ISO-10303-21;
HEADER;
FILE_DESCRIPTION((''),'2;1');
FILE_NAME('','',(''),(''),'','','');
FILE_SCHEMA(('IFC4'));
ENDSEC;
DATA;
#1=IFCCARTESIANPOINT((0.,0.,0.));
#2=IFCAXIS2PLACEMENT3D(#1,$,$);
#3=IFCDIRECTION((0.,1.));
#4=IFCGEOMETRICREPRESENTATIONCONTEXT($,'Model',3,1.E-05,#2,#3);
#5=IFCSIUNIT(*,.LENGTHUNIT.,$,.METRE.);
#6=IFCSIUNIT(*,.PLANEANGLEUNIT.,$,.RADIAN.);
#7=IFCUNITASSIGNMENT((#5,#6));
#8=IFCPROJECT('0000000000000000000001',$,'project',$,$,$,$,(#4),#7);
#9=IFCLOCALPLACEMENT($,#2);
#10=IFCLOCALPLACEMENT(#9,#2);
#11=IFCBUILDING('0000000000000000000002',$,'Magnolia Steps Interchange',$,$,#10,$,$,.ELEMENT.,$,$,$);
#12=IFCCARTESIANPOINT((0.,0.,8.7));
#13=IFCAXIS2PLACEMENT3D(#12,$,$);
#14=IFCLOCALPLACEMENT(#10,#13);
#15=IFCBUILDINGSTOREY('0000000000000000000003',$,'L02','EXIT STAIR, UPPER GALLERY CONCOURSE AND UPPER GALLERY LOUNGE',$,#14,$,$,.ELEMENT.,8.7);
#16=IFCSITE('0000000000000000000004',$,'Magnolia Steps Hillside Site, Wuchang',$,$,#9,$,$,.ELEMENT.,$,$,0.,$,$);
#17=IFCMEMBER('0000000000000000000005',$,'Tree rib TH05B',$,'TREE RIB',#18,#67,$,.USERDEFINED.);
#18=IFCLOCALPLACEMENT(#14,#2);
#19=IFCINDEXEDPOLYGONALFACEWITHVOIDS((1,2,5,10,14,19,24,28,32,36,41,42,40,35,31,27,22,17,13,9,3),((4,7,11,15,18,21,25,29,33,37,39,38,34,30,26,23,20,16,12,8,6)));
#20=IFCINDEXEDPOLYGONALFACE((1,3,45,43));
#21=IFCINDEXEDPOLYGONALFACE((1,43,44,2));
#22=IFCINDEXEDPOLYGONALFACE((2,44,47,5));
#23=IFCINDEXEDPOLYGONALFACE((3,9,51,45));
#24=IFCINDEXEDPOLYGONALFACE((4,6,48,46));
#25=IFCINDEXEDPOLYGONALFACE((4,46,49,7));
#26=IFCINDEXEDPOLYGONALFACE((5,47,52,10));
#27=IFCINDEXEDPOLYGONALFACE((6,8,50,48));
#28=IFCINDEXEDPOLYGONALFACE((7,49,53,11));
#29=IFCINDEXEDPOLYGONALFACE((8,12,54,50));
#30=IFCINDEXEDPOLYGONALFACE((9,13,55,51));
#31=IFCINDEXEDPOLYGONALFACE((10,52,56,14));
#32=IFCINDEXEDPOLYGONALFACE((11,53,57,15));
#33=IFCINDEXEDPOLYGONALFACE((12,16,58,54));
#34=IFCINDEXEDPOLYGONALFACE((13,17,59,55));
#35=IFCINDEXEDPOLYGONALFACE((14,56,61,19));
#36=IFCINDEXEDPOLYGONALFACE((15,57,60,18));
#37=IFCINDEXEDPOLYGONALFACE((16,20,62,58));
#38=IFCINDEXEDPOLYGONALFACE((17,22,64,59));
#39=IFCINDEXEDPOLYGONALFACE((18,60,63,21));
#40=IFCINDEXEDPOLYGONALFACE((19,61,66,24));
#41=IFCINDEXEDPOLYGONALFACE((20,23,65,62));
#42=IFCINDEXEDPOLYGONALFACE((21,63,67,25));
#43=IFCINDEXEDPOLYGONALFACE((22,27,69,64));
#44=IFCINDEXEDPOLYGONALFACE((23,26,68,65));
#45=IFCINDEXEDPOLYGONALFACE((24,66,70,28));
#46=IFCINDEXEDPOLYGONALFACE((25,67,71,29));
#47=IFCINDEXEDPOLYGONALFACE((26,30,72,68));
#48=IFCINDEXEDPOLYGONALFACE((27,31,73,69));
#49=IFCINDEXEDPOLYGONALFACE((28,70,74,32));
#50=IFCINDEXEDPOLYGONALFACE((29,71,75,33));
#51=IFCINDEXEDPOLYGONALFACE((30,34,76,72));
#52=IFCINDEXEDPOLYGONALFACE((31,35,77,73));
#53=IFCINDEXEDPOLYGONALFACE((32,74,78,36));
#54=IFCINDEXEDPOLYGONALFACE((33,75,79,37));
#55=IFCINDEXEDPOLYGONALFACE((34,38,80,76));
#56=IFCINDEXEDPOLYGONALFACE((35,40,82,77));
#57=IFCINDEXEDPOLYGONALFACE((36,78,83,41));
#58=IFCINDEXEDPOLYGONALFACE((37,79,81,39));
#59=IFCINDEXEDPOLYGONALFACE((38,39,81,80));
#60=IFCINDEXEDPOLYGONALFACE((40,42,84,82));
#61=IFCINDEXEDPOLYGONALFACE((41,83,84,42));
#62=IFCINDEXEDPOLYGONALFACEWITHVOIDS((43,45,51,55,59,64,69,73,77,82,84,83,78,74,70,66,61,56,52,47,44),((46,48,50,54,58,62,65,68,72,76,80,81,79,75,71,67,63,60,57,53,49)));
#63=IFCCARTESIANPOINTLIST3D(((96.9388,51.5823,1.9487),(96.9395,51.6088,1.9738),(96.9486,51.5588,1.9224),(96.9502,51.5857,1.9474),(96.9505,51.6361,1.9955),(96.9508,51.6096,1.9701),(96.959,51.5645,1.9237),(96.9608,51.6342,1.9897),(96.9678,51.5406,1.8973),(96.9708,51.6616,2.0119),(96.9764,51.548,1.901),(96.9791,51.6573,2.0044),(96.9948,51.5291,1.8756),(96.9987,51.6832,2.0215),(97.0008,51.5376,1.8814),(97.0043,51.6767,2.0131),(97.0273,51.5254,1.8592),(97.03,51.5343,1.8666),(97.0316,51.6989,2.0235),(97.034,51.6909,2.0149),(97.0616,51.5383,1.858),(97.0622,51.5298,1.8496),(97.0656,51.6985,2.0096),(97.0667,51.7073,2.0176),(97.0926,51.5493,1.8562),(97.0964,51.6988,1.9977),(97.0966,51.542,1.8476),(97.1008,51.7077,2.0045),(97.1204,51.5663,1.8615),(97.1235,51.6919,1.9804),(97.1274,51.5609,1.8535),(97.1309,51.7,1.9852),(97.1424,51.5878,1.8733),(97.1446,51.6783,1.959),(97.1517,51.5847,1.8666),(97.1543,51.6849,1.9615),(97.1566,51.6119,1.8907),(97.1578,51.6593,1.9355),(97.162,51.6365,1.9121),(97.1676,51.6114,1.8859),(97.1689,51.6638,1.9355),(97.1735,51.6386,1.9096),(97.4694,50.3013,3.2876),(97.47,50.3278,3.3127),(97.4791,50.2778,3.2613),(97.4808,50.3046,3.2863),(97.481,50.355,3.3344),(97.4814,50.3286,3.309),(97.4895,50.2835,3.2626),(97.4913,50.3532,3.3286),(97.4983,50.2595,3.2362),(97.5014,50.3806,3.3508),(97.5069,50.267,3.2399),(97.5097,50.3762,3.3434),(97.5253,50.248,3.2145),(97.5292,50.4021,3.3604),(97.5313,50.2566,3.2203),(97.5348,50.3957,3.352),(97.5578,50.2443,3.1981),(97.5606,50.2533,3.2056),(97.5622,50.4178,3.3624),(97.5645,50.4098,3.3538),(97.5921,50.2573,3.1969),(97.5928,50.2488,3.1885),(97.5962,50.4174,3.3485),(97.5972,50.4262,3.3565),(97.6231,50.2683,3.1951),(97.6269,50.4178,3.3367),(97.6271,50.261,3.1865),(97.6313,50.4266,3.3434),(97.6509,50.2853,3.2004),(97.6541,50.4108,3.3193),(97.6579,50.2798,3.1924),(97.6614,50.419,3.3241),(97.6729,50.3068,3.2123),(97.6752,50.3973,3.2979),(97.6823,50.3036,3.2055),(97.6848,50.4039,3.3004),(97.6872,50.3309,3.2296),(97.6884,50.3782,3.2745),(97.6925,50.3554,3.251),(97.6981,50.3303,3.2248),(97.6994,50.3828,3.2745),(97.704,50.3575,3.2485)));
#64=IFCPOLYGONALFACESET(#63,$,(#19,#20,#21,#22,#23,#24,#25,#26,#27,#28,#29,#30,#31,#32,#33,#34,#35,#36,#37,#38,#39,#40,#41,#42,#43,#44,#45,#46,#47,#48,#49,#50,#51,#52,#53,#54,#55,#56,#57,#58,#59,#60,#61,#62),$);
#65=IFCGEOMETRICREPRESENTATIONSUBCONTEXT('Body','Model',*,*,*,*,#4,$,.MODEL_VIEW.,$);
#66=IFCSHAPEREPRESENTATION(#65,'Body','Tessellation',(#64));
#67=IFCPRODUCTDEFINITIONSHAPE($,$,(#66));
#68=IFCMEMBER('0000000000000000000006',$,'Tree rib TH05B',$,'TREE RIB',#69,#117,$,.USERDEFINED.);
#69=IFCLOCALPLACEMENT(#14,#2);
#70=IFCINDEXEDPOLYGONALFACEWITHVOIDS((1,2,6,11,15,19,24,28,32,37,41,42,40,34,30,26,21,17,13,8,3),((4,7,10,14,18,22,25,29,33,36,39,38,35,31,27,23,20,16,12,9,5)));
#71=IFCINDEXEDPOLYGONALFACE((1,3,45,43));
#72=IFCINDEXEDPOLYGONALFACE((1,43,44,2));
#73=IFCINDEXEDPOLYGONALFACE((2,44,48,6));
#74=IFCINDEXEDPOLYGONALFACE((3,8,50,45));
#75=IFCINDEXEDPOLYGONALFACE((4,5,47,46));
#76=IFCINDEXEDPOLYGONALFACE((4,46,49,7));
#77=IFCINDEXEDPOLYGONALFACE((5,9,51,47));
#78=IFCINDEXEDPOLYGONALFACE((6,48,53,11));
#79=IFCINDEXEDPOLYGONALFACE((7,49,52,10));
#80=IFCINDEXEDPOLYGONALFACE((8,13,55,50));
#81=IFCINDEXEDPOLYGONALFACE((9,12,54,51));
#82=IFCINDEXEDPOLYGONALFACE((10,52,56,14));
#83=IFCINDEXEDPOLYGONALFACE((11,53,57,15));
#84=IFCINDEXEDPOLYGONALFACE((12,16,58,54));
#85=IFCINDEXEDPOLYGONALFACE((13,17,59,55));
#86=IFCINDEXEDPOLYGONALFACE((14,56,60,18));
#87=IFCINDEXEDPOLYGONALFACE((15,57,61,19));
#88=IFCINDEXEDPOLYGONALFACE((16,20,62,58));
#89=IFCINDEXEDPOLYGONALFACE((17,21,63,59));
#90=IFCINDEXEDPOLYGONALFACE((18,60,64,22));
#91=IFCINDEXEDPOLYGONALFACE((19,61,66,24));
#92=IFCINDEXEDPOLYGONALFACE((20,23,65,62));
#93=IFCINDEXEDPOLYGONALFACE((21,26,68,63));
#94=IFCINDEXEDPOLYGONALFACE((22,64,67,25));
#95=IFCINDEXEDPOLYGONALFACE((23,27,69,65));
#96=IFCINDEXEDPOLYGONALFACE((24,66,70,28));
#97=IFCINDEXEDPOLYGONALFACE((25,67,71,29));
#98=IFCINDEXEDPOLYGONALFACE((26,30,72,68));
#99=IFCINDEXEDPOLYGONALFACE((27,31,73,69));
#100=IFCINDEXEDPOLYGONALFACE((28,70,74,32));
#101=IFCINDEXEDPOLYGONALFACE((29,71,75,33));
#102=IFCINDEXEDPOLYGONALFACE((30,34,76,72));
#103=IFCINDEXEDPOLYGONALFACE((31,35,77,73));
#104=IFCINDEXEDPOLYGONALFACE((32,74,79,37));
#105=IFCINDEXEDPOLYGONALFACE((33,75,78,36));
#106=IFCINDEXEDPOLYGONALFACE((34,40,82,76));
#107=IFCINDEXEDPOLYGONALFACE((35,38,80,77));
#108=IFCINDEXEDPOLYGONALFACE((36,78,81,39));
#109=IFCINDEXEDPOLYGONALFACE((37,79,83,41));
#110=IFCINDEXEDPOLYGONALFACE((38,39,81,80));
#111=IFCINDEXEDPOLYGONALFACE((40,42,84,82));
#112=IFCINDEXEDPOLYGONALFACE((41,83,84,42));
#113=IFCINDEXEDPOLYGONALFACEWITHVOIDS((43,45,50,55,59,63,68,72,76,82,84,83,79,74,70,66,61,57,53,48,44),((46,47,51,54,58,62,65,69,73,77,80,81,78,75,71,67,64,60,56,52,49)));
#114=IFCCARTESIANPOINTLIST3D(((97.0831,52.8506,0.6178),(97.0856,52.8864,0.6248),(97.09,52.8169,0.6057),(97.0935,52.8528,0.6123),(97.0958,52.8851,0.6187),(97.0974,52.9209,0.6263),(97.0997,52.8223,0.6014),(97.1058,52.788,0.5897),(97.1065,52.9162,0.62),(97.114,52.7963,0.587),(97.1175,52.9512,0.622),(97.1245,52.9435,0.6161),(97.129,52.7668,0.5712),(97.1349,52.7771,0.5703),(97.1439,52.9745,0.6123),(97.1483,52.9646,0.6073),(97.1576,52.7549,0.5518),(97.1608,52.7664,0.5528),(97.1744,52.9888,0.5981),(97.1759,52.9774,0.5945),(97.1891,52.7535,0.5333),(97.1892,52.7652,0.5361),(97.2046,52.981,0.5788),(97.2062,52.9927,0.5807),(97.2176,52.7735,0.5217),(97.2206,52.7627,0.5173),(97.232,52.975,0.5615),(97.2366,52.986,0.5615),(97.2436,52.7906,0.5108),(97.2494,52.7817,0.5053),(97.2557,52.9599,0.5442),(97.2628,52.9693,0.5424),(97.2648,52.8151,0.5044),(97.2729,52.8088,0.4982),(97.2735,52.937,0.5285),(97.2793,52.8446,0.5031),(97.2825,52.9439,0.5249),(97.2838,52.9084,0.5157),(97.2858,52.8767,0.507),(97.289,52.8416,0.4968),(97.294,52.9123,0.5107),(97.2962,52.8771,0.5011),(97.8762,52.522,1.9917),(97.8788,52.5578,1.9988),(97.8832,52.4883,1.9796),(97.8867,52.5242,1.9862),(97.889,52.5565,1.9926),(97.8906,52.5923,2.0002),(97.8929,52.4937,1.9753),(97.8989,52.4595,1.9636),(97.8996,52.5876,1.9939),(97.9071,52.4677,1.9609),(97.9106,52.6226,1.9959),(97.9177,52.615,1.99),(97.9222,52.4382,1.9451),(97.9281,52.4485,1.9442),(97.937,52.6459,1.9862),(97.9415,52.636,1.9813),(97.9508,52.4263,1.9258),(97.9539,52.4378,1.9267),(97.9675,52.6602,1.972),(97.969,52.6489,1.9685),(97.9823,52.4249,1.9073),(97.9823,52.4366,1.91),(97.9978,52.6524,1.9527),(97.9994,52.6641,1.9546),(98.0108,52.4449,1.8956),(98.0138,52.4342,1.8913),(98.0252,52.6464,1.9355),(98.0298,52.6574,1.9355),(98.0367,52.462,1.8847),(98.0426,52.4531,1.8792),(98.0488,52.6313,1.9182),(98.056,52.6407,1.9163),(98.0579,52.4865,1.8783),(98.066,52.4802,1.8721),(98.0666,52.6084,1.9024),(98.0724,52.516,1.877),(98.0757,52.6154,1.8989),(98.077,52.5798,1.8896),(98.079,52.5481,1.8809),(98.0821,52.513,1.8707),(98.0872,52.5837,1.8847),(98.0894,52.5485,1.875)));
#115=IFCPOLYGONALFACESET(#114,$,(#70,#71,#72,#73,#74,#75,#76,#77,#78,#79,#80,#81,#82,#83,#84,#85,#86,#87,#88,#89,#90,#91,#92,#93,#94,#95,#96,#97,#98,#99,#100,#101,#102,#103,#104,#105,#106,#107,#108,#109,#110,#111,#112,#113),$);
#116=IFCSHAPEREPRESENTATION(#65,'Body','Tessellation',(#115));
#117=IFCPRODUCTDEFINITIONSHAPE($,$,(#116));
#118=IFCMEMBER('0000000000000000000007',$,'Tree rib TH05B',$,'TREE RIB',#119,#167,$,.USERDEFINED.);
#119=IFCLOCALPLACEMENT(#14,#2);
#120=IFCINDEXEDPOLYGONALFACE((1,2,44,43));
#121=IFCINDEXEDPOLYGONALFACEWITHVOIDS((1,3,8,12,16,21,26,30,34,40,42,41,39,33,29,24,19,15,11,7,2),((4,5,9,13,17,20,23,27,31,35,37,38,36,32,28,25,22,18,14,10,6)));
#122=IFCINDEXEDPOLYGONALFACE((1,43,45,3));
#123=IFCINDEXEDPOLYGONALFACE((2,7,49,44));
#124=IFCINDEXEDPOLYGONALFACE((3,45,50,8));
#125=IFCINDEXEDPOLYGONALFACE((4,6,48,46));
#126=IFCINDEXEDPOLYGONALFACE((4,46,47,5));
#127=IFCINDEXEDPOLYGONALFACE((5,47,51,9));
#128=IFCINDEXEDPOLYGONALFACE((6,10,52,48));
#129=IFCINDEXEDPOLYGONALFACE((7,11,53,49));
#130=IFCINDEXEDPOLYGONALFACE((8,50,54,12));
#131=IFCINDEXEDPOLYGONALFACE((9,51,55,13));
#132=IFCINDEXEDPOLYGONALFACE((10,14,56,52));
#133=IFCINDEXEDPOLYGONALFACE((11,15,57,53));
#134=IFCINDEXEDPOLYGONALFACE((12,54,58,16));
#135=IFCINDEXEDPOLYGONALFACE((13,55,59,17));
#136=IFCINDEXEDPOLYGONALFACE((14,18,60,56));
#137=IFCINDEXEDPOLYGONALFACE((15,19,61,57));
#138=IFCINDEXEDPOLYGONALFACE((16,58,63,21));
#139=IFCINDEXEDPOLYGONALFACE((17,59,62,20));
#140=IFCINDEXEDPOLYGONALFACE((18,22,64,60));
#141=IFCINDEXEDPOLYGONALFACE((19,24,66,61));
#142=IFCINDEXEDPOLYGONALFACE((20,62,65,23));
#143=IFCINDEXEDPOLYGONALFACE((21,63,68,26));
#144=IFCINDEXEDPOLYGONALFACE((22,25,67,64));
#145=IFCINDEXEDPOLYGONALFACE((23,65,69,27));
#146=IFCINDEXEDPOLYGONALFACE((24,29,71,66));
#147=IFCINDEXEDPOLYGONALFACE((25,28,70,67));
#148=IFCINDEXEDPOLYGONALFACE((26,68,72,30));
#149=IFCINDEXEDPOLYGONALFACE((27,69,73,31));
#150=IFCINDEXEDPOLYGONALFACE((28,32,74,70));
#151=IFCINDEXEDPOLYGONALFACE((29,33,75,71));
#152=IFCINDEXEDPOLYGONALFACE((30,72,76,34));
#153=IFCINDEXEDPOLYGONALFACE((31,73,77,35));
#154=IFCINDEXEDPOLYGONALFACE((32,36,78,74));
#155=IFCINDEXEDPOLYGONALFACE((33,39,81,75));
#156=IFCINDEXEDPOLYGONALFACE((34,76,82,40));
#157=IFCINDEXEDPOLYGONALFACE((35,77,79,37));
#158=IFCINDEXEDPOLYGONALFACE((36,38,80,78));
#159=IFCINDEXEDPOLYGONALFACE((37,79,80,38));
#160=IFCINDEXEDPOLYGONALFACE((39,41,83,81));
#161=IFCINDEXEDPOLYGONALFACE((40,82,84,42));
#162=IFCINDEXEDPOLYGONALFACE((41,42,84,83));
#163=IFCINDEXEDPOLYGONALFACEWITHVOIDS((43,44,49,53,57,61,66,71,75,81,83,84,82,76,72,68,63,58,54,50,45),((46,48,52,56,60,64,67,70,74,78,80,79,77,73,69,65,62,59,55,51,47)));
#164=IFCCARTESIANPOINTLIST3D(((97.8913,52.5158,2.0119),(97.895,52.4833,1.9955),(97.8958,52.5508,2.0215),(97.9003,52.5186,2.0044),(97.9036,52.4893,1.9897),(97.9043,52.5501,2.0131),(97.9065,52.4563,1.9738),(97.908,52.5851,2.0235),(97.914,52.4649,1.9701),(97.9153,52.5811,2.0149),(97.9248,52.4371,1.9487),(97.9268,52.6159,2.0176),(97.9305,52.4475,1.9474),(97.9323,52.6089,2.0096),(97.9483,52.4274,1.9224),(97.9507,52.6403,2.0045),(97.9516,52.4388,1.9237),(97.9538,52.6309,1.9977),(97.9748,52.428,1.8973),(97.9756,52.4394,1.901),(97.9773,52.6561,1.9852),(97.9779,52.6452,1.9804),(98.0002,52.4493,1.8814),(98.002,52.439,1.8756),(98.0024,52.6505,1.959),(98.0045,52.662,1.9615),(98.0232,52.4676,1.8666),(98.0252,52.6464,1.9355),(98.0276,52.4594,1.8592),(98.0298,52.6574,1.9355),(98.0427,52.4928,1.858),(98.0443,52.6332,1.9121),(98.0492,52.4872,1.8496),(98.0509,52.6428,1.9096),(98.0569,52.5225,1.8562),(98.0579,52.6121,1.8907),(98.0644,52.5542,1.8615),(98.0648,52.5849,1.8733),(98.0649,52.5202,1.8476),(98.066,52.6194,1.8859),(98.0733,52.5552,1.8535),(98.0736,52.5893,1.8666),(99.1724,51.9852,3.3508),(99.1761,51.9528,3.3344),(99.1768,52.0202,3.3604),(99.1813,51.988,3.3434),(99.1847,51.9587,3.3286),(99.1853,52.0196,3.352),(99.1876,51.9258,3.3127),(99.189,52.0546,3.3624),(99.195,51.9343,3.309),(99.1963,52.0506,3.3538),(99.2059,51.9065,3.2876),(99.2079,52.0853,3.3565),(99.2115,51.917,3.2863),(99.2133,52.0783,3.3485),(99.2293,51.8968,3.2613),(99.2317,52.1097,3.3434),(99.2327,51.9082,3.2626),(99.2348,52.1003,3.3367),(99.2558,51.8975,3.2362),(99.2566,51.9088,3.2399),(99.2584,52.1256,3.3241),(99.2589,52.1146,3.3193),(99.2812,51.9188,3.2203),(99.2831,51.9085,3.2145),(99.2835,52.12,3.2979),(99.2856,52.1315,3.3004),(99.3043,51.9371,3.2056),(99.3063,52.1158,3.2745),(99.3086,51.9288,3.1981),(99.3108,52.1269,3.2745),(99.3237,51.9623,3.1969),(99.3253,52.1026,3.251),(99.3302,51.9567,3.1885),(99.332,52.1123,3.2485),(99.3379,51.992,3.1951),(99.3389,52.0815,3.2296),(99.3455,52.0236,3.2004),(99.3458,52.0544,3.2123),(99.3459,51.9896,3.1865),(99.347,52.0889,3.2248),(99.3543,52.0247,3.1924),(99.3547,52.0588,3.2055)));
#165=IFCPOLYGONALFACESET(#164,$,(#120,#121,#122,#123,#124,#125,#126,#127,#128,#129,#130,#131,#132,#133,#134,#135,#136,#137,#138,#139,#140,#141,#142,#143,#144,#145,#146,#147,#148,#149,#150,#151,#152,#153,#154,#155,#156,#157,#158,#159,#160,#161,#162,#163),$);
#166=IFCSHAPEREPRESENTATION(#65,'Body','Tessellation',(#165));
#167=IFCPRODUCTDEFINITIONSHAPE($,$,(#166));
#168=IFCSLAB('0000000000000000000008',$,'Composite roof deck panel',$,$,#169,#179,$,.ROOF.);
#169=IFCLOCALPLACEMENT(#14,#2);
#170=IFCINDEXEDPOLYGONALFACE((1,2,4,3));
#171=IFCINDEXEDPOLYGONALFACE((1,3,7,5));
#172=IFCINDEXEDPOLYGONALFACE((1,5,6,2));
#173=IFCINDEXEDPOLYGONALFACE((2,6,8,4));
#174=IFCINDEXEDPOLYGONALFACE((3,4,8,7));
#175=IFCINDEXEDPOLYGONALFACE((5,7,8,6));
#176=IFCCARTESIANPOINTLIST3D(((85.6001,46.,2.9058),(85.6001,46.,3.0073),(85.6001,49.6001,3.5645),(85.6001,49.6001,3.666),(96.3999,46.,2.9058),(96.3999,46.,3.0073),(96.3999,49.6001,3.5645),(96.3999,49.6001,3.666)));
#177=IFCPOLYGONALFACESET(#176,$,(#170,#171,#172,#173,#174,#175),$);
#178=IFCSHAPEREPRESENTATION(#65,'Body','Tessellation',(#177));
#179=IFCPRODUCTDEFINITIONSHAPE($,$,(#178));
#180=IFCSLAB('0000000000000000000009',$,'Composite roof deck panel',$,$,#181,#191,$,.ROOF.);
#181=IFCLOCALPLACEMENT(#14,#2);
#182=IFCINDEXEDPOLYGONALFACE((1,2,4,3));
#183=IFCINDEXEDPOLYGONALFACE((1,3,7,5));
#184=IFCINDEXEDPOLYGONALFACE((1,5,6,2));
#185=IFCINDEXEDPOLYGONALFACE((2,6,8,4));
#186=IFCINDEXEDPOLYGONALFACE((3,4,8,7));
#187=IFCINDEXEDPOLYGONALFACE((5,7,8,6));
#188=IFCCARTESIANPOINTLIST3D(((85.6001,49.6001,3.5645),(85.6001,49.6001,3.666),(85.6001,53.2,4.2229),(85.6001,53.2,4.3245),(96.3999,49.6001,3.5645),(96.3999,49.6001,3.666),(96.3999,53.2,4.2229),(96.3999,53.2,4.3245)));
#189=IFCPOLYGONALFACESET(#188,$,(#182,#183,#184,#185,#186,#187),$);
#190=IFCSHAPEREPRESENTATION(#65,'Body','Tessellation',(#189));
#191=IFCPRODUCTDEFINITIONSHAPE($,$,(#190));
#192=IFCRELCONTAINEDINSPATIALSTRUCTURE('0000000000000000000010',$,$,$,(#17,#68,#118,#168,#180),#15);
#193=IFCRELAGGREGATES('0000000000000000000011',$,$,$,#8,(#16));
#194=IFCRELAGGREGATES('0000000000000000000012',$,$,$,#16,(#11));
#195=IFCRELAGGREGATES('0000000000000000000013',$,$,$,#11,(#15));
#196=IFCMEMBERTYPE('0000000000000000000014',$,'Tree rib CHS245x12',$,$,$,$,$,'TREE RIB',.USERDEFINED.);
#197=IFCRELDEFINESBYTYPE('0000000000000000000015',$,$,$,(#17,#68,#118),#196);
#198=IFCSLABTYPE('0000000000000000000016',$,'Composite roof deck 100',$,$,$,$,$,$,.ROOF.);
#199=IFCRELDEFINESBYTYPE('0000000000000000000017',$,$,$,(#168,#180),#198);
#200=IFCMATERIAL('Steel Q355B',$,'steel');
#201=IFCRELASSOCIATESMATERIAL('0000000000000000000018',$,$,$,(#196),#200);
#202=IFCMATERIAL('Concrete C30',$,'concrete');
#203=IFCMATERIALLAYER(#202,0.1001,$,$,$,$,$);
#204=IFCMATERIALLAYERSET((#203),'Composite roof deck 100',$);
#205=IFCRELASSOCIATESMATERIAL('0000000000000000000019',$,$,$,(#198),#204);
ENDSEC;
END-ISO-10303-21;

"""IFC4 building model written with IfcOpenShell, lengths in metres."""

from ifc_helpers import new_model, si_unit, direction, frame, origin, origin_2d, place, context, subcontext, project, spatial, polyline, hollow_circle, outline, extrude, material, layer, layer_set, material_profile, profile_set, type_object, element, save


model = new_model("IFC4")

# Units and contexts
model_context = context("Model", 3, precision=1e-05, world=origin(), true_north=direction((0.0, 1.0)))
body_context = subcontext(model_context, "Body", "Model", "MODEL_VIEW")
ifc_project = project(units=[si_unit("LENGTHUNIT", "METRE"), si_unit("PLANEANGLEUNIT", "RADIAN")], contexts=[model_context])

# Site, building, storey
site_placement = place(None, origin())
site = spatial("IfcSite", under=ifc_project, at=site_placement, Name="Magnolia Steps Hillside Site, Wuchang", CompositionType="ELEMENT", RefElevation=0.0)
building_placement = place(site_placement, origin())
building = spatial("IfcBuilding", under=site, at=building_placement, Name="Magnolia Steps Interchange", CompositionType="ELEMENT")
storey_placement = place(building_placement, frame((0.0, 0.0, 8.7)))
storey = spatial("IfcBuildingStorey", under=building, at=storey_placement, Name="L02", Description="EXIT STAIR, UPPER GALLERY CONCOURSE AND UPPER GALLERY LOUNGE", CompositionType="ELEMENT", Elevation=8.7)

# Members
ifc_material_1 = material(Name="Steel Q355B", Category="steel")
ifc_material_profile_1 = material_profile(ifc_material_1, hollow_circle(Radius=0.1226, WallThickness=0.012, at=origin_2d()), Name="CHS245x12")
ifc_profile_set_1 = profile_set([ifc_material_profile_1], Name="Steel Q355B")
member_type = type_object("IfcMemberType", Name="Tree rib CHS245x12", ElementType="TREE RIB", PredefinedType="USERDEFINED", material=ifc_profile_set_1)
member_1_placement = place(storey_placement, frame((97.0557, 51.6169, 1.9355), z_axis=(0.275246, -0.664618, 0.694638), x_axis=(0.923903, 0.382627, 0.0)))
element("IfcMember", 1, at=member_1_placement, inside=storey, type_object=member_type, Name="Tree rib TH05B", ObjectType="TREE RIB", PredefinedType="USERDEFINED", context=body_context, shape_type="SweptSolid", body=[
    extrude(hollow_circle(Radius=0.1226, WallThickness=0.012, at=origin_2d()), origin(), (0.0, 0.0, 1.0), 1.9275),
])
member_2_placement = place(storey_placement, frame((97.1897, 52.8728, 0.5615), z_axis=(0.489571, -0.20282, 0.848047), x_axis=(0.382737, 0.923857, 0.0)))
element("IfcMember", 2, at=member_2_placement, inside=storey, type_object=member_type, Name="Tree rib TH05B", ObjectType="TREE RIB", PredefinedType="USERDEFINED", context=body_context, shape_type="SweptSolid", body=[
    extrude(hollow_circle(Radius=0.1226, WallThickness=0.012, at=origin_2d()), origin(), (0.0, 0.0, 1.0), 1.6201),
])
member_3_placement = place(storey_placement, frame((97.9829, 52.5442, 1.9355), z_axis=(0.664618, -0.275246, 0.694638), x_axis=(0.382627, 0.923903, 0.0)))
element("IfcMember", 3, at=member_3_placement, inside=storey, type_object=member_type, Name="Tree rib TH05B", ObjectType="TREE RIB", PredefinedType="USERDEFINED", context=body_context, shape_type="SweptSolid", body=[
    extrude(hollow_circle(Radius=0.1226, WallThickness=0.012, at=origin_2d()), origin(), (0.0, 0.0, 1.0), 1.9275),
])

# Slabs
ifc_material_2 = material(Name="Concrete C30", Category="concrete")
ifc_layer = layer(ifc_material_2, 0.1001)
ifc_layer_set = layer_set([ifc_layer], Name="Composite roof deck 100")
slab_type = type_object("IfcSlabType", Name="Composite roof deck 100", PredefinedType="ROOF", material=ifc_layer_set)
slab_1_placement = place(storey_placement, frame((96.3999, 46.0, 3.0073), z_axis=(0.0, -0.179977, 0.983671), x_axis=(0.0, 0.983671, 0.179977)))
element("IfcSlab", 4, at=slab_1_placement, inside=storey, type_object=slab_type, Name="Composite roof deck panel", PredefinedType="ROOF", context=body_context, shape_type="SweptSolid", body=[
    extrude(outline(polyline([(0.0, 0.0), (3.6599, 0.0), (3.6599, 10.7998), (0.0, 10.7998), (0.0, 0.0)])), origin(), (-0.179977, 0.0, -0.983671), 0.1016),
])
slab_2_placement = place(storey_placement, frame((96.3999, 49.6001, 3.666), z_axis=(0.0, -0.179924, 0.98368), x_axis=(0.0, 0.98368, 0.179924)))
element("IfcSlab", 5, at=slab_2_placement, inside=storey, type_object=slab_type, Name="Composite roof deck panel", PredefinedType="ROOF", context=body_context, shape_type="SweptSolid", body=[
    extrude(outline(polyline([(0.0, 0.0), (3.6596, 0.0), (3.6596, 10.7998), (0.0, 10.7998), (0.0, 0.0)])), origin(), (-0.179924, 0.0, -0.98368), 0.1016),
])

save(model, "model.ifc")
